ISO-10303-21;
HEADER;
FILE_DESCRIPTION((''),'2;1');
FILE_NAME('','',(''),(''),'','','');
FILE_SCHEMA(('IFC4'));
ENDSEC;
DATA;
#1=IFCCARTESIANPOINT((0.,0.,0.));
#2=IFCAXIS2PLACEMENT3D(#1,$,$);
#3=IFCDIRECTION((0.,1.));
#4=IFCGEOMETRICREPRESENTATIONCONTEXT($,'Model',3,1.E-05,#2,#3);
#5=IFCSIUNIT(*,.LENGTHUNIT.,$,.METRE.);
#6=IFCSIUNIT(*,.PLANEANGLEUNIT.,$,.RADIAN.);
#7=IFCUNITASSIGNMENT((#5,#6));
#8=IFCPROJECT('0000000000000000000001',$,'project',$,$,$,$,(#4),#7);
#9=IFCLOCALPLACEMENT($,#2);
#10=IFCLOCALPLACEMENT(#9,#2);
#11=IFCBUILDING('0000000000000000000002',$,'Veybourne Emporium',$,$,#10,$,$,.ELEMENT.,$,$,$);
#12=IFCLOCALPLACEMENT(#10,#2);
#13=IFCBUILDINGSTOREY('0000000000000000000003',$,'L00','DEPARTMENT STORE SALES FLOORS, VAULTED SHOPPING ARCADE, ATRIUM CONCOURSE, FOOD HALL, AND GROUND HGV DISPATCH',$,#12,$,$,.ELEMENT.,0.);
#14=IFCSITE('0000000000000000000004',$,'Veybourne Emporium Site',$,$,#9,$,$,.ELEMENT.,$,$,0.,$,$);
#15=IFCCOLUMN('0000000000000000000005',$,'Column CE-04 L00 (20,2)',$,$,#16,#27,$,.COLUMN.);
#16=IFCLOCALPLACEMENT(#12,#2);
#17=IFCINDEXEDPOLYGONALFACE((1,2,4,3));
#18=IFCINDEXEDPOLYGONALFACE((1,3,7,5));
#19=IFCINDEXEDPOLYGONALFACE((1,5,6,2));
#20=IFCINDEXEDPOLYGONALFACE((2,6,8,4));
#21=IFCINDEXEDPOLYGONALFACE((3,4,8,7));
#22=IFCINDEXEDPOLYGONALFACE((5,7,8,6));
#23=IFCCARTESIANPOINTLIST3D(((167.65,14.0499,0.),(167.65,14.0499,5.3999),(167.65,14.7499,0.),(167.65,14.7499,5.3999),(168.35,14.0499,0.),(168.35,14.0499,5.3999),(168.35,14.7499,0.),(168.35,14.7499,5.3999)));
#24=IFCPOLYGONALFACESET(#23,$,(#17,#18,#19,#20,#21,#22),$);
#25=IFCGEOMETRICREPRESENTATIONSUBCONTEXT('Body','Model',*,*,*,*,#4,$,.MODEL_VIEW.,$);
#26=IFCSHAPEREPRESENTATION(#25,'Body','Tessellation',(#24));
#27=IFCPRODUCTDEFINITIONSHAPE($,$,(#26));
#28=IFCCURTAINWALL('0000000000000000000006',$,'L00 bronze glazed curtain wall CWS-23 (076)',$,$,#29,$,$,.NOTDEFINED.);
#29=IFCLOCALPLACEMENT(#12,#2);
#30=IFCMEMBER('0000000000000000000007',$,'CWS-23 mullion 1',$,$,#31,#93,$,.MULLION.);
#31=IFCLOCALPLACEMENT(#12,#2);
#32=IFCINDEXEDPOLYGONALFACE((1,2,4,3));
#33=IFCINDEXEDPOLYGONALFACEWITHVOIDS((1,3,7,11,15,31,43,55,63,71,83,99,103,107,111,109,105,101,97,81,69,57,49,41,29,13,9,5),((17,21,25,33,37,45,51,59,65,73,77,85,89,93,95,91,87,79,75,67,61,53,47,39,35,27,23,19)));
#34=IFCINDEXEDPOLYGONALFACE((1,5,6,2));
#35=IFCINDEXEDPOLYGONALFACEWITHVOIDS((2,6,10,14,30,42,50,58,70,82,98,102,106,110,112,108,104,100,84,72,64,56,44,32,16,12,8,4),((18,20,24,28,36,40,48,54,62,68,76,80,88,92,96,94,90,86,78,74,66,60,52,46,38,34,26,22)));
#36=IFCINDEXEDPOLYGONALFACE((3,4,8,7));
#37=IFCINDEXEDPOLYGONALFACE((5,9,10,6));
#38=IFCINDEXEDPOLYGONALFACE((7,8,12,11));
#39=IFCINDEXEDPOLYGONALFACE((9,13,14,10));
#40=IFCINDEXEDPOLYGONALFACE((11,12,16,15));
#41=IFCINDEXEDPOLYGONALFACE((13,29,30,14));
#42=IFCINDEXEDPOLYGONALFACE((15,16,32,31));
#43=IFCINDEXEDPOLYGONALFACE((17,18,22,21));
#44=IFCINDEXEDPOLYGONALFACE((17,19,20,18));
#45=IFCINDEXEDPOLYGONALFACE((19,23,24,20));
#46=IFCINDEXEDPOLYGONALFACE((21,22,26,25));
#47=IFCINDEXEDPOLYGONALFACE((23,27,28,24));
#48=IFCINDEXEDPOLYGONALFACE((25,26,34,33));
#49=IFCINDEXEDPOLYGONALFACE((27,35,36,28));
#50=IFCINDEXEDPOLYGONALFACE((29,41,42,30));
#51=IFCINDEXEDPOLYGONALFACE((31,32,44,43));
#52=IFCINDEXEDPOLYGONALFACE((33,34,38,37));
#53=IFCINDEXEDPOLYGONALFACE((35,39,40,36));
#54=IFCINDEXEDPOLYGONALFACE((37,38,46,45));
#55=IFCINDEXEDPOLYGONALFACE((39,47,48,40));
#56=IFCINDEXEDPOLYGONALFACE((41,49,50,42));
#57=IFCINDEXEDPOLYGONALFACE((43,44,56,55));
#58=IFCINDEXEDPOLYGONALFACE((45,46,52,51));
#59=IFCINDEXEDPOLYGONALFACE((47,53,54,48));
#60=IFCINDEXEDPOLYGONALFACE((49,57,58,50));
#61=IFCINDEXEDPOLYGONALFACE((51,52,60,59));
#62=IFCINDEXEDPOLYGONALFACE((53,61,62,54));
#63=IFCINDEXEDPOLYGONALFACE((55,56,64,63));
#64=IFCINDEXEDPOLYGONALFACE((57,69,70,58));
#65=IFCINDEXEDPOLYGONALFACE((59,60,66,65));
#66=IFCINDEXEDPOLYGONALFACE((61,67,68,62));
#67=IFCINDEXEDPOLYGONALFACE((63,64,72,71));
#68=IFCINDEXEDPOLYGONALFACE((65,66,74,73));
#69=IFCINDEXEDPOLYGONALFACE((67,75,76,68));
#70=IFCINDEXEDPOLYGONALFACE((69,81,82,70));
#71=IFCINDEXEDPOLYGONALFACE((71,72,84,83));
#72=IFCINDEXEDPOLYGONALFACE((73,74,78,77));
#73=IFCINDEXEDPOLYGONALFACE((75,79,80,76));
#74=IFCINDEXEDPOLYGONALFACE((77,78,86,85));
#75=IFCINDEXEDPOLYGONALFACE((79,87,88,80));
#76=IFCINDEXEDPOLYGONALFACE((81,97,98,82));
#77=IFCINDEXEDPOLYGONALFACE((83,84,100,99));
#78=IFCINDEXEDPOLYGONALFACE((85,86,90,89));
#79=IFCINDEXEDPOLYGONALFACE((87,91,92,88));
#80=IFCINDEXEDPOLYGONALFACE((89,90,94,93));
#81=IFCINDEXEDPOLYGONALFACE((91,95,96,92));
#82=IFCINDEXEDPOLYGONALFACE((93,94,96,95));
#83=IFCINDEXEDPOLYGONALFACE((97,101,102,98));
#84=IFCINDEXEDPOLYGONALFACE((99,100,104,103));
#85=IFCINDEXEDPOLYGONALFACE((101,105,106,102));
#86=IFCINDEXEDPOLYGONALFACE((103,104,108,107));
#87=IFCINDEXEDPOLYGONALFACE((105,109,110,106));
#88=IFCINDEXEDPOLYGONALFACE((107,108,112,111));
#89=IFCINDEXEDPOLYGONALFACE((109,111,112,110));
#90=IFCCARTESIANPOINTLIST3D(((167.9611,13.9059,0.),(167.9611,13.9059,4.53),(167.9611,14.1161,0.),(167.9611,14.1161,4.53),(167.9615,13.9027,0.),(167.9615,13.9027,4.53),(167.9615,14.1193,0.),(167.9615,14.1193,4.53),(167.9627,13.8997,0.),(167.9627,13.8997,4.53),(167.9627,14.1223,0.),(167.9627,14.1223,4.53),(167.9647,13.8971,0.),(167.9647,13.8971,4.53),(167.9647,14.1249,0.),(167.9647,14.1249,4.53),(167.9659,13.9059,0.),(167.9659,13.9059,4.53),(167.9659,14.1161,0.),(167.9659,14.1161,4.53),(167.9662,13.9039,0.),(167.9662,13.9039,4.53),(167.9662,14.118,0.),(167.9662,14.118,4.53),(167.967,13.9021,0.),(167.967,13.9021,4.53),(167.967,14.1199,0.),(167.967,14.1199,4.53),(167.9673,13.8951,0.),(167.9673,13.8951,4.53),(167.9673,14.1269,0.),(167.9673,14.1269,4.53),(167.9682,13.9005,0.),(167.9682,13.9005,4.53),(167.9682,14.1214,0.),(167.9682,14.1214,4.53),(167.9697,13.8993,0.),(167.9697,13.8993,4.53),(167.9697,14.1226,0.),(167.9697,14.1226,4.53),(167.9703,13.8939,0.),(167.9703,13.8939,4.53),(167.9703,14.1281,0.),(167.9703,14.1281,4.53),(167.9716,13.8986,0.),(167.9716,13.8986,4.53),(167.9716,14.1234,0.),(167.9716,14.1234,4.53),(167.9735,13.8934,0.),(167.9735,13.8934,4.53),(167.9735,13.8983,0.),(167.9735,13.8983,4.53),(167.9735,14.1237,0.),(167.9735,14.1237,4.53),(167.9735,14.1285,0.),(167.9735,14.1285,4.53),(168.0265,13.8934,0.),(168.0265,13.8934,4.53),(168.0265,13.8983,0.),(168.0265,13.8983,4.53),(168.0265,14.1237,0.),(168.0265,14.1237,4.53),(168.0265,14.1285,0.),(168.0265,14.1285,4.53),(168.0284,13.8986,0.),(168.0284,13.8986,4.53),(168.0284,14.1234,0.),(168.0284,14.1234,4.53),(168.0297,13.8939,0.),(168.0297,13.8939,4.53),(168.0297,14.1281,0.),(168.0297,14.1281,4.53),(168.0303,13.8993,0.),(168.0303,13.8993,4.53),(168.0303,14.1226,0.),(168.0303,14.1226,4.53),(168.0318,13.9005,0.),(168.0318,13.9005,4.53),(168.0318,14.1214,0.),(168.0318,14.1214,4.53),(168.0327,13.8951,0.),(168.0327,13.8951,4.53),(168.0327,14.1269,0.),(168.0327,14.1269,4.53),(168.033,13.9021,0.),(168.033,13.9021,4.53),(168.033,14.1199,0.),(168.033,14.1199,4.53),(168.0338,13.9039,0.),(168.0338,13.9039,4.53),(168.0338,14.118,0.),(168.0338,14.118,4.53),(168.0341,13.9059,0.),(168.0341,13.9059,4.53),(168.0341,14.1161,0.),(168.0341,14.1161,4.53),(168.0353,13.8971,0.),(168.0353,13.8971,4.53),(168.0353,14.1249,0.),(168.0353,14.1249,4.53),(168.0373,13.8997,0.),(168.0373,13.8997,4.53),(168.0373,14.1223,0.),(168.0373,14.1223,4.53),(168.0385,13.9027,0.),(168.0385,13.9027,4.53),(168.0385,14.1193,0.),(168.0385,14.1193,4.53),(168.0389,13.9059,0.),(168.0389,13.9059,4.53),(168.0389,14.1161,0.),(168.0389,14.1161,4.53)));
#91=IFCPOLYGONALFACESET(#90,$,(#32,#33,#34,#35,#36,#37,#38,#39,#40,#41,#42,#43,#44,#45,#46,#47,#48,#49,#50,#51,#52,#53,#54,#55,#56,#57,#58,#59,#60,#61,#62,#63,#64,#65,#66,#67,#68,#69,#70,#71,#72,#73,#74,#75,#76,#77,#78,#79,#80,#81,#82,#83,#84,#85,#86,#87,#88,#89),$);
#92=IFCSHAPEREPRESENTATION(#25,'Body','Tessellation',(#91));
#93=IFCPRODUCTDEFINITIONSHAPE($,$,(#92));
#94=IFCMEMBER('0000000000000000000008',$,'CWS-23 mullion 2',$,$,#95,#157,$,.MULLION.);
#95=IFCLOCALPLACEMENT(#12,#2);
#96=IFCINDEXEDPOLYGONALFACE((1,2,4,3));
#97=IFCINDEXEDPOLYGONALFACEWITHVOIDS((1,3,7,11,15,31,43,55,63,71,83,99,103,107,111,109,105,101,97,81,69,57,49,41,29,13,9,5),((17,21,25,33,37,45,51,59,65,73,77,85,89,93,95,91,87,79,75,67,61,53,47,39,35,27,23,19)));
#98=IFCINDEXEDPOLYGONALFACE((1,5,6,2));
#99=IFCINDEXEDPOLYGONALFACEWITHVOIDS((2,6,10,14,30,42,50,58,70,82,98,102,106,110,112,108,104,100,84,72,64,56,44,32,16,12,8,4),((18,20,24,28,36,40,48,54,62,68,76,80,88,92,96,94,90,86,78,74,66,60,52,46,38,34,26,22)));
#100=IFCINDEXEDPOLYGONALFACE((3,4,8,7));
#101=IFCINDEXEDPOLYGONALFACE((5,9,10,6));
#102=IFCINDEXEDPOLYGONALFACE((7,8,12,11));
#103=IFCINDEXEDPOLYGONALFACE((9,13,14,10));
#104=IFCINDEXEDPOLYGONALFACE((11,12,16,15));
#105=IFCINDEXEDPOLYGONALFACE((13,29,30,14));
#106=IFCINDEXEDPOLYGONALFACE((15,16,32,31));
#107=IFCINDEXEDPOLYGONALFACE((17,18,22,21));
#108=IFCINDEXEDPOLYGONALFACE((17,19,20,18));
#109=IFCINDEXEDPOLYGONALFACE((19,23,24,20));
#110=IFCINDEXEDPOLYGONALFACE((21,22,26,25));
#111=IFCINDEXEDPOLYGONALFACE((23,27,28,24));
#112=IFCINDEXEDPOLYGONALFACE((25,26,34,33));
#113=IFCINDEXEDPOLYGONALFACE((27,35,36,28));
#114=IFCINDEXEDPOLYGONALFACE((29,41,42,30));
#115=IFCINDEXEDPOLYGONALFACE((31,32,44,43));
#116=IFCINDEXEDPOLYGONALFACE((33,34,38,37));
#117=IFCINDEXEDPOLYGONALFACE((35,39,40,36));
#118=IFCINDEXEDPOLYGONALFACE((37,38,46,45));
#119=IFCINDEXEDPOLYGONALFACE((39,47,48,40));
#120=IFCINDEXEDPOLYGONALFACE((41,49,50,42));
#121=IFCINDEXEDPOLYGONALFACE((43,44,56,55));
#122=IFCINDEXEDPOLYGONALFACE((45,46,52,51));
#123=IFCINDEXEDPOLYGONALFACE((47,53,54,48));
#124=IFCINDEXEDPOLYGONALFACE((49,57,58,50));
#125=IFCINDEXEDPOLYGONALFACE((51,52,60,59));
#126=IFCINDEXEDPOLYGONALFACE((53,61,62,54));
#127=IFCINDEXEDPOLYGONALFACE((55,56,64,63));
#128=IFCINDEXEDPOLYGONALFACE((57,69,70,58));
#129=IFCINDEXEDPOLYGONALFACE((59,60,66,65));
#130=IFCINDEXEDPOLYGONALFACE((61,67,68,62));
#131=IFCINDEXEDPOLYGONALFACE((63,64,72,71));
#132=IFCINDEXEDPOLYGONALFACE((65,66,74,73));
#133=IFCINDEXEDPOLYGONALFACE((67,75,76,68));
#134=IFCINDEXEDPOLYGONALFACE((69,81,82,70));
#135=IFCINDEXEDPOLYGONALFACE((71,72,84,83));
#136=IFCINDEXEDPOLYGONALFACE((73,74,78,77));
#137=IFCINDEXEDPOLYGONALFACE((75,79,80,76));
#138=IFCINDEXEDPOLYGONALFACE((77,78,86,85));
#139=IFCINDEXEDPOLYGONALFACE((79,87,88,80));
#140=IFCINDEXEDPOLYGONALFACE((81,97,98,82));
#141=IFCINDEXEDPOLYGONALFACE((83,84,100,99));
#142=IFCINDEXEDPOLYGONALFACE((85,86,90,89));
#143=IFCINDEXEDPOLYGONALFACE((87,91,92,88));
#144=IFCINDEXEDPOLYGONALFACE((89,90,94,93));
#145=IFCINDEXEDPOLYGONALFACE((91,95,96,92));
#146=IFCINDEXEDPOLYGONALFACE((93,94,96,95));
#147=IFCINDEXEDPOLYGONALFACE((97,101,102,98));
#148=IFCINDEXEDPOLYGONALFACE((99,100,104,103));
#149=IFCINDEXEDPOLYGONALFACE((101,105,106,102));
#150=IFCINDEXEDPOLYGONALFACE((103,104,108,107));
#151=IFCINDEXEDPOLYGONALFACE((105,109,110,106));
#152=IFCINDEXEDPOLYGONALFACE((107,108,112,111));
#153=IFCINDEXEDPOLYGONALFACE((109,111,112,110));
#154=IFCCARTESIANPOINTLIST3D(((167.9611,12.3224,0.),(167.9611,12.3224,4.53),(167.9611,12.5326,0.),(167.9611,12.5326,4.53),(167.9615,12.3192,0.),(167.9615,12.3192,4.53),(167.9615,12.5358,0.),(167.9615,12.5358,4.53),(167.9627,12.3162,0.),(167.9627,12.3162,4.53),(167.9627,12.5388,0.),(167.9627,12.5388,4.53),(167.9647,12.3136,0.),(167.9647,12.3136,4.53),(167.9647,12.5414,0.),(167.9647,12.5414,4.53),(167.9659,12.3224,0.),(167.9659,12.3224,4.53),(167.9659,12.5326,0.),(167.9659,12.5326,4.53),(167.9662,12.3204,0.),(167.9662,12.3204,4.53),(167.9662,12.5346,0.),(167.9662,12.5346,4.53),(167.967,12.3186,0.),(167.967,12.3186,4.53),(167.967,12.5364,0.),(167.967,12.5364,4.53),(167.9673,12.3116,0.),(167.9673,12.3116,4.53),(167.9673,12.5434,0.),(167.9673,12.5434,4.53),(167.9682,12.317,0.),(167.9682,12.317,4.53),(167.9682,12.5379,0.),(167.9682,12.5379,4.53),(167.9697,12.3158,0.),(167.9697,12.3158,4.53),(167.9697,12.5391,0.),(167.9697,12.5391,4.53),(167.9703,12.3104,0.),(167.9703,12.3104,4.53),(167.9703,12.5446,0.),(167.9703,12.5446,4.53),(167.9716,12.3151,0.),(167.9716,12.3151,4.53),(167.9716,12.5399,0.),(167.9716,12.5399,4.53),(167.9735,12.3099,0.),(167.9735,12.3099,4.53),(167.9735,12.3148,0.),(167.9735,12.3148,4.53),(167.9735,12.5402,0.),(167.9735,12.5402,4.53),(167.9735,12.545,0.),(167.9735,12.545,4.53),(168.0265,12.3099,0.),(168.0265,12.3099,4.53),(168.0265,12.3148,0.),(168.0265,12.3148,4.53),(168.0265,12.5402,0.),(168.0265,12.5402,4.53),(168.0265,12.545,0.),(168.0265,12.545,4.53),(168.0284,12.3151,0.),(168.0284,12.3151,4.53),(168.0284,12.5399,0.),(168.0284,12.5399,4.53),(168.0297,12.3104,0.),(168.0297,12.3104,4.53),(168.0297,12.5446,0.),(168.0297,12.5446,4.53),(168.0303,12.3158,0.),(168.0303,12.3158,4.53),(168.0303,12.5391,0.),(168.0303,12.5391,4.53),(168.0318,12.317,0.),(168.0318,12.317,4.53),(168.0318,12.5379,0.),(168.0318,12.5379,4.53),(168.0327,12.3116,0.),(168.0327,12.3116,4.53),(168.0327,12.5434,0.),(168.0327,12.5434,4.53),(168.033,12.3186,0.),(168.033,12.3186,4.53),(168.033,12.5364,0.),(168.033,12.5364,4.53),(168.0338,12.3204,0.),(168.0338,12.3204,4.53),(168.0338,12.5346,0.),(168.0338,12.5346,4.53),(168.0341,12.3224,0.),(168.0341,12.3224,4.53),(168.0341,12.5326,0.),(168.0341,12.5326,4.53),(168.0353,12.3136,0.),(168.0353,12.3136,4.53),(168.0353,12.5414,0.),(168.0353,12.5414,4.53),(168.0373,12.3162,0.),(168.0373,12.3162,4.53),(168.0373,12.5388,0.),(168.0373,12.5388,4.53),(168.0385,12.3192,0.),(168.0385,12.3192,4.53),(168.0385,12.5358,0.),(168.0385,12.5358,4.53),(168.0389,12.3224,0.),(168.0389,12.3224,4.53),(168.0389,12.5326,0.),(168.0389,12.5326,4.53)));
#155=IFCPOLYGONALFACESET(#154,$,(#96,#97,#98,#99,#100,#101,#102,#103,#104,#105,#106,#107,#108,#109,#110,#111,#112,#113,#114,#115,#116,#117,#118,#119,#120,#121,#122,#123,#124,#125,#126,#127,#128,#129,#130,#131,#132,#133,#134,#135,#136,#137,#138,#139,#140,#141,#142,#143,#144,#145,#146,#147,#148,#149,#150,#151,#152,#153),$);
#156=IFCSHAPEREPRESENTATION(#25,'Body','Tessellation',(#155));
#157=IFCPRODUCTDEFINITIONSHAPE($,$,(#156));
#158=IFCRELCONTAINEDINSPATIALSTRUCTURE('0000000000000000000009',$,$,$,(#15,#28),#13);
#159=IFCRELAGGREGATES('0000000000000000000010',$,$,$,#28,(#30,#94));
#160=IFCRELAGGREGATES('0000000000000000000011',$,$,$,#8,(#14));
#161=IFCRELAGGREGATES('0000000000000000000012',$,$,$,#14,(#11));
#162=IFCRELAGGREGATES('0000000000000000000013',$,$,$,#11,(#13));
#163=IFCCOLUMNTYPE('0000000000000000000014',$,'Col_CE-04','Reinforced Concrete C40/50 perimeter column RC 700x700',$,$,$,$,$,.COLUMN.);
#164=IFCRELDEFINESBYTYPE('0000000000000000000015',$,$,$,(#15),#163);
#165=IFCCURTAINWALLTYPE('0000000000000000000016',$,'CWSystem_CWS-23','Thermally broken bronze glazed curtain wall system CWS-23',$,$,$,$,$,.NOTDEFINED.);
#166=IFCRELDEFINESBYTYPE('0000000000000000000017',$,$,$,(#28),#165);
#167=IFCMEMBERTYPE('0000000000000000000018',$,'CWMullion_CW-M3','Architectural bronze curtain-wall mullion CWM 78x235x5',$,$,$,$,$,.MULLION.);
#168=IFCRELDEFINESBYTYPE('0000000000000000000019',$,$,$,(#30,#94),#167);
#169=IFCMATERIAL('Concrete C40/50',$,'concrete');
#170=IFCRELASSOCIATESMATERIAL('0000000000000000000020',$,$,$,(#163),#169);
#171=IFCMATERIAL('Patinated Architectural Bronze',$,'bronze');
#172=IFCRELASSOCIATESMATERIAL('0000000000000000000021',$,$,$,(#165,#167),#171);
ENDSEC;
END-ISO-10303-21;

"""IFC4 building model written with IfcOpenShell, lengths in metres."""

from ifc_helpers import new_model, si_unit, direction, frame, origin, origin_2d, place, context, subcontext, project, spatial, rectangle, hollow_rectangle, extrude, material, material_profile, profile_set, type_object, element, aggregate, save


model = new_model("IFC4")

# Units and contexts
model_context = context("Model", 3, precision=1e-05, world=origin(), true_north=direction((0.0, 1.0)))
body_context = subcontext(model_context, "Body", "Model", "MODEL_VIEW")
ifc_project = project(units=[si_unit("LENGTHUNIT", "METRE"), si_unit("PLANEANGLEUNIT", "RADIAN")], contexts=[model_context])

# Site, building, storey
site_placement = place(None, origin())
site = spatial("IfcSite", under=ifc_project, at=site_placement, Name="Veybourne Emporium Site", CompositionType="ELEMENT", RefElevation=0.0)
building_placement = place(site_placement, origin())
building = spatial("IfcBuilding", under=site, at=building_placement, Name="Veybourne Emporium", CompositionType="ELEMENT")
storey_placement = place(building_placement, origin())
storey = spatial("IfcBuildingStorey", under=building, at=storey_placement, Name="L00", Description="DEPARTMENT STORE SALES FLOORS, VAULTED SHOPPING ARCADE, ATRIUM CONCOURSE, FOOD HALL, AND GROUND HGV DISPATCH", CompositionType="ELEMENT", Elevation=0.0)

# Column
ifc_material_1 = material(Name="Concrete C40/50", Category="concrete")
ifc_material_profile_1 = material_profile(ifc_material_1, rectangle(XDim=0.7, YDim=0.7, at=origin_2d()), Name="RC 700x700")
ifc_profile_set_1 = profile_set([ifc_material_profile_1], Name="Concrete C40/50")
column_type = type_object("IfcColumnType", Name="Col_CE-04", Description="Reinforced Concrete C40/50 perimeter column RC 700x700", PredefinedType="COLUMN", material=ifc_profile_set_1)
column_placement = place(storey_placement, frame((168.0, 14.3999, 0.0), z_axis=(0.0, 0.0, 1.0), x_axis=(1.0, 0.0, 0.0)))
element("IfcColumn", 1, at=column_placement, inside=storey, type_object=column_type, Name="Column CE-04 L00 (20,2)", PredefinedType="COLUMN", context=body_context, shape_type="SweptSolid", body=[
    extrude(rectangle(XDim=0.7, YDim=0.7, at=origin_2d()), origin(), (0.0, 0.0, 1.0), 5.3999),
])

# Curtain wall, members
ifc_material_2 = material(Name="Patinated Architectural Bronze", Category="bronze")
curtain_wall_type_1 = type_object("IfcCurtainWallType", Name="CWSystem_CWS-23", Description="Thermally broken bronze glazed curtain wall system CWS-23", PredefinedType="NOTDEFINED", material=ifc_material_2)
curtain_wall_1_placement = place(storey_placement, origin())
curtain_wall_1 = element("IfcCurtainWall", 2, at=curtain_wall_1_placement, inside=storey, type_object=curtain_wall_type_1, Name="L00 bronze glazed curtain wall CWS-23 (076)", PredefinedType="NOTDEFINED")
ifc_material_profile_2 = material_profile(ifc_material_2, hollow_rectangle(XDim=0.0779, YDim=0.2351, WallThickness=0.0049, InnerFilletRadius=0.0076, OuterFilletRadius=0.0125, at=origin_2d()), Name="CWM 78x235x5")
ifc_profile_set_2 = profile_set([ifc_material_profile_2], Name="Patinated Architectural Bronze")
member_type_1 = type_object("IfcMemberType", Name="CWMullion_CW-M3", Description="Architectural bronze curtain-wall mullion CWM 78x235x5", PredefinedType="MULLION", material=ifc_profile_set_2)
member_1_placement = place(storey_placement, frame((168.0, 14.011, 0.0), z_axis=(0.0, 0.0, 1.0), x_axis=(1.0, 0.0, 0.0)))
member_1 = element("IfcMember", 3, at=member_1_placement, type_object=member_type_1, Name="CWS-23 mullion 1", PredefinedType="MULLION", context=body_context, shape_type="SweptSolid", body=[
    extrude(hollow_rectangle(XDim=0.0779, YDim=0.2351, WallThickness=0.0049, InnerFilletRadius=0.0076, OuterFilletRadius=0.0125, at=origin_2d()), origin(), (0.0, 0.0, 1.0), 4.53),
])
member_2_placement = place(storey_placement, frame((168.0, 12.4275, 0.0), z_axis=(0.0, 0.0, 1.0), x_axis=(1.0, 0.0, 0.0)))
member_2 = element("IfcMember", 4, at=member_2_placement, type_object=member_type_1, Name="CWS-23 mullion 2", PredefinedType="MULLION", context=body_context, shape_type="SweptSolid", body=[
    extrude(hollow_rectangle(XDim=0.0779, YDim=0.2351, WallThickness=0.0049, InnerFilletRadius=0.0076, OuterFilletRadius=0.0125, at=origin_2d()), origin(), (0.0, 0.0, 1.0), 4.53),
])

aggregate(curtain_wall_1, [member_1, member_2])

save(model, "model.ifc")
